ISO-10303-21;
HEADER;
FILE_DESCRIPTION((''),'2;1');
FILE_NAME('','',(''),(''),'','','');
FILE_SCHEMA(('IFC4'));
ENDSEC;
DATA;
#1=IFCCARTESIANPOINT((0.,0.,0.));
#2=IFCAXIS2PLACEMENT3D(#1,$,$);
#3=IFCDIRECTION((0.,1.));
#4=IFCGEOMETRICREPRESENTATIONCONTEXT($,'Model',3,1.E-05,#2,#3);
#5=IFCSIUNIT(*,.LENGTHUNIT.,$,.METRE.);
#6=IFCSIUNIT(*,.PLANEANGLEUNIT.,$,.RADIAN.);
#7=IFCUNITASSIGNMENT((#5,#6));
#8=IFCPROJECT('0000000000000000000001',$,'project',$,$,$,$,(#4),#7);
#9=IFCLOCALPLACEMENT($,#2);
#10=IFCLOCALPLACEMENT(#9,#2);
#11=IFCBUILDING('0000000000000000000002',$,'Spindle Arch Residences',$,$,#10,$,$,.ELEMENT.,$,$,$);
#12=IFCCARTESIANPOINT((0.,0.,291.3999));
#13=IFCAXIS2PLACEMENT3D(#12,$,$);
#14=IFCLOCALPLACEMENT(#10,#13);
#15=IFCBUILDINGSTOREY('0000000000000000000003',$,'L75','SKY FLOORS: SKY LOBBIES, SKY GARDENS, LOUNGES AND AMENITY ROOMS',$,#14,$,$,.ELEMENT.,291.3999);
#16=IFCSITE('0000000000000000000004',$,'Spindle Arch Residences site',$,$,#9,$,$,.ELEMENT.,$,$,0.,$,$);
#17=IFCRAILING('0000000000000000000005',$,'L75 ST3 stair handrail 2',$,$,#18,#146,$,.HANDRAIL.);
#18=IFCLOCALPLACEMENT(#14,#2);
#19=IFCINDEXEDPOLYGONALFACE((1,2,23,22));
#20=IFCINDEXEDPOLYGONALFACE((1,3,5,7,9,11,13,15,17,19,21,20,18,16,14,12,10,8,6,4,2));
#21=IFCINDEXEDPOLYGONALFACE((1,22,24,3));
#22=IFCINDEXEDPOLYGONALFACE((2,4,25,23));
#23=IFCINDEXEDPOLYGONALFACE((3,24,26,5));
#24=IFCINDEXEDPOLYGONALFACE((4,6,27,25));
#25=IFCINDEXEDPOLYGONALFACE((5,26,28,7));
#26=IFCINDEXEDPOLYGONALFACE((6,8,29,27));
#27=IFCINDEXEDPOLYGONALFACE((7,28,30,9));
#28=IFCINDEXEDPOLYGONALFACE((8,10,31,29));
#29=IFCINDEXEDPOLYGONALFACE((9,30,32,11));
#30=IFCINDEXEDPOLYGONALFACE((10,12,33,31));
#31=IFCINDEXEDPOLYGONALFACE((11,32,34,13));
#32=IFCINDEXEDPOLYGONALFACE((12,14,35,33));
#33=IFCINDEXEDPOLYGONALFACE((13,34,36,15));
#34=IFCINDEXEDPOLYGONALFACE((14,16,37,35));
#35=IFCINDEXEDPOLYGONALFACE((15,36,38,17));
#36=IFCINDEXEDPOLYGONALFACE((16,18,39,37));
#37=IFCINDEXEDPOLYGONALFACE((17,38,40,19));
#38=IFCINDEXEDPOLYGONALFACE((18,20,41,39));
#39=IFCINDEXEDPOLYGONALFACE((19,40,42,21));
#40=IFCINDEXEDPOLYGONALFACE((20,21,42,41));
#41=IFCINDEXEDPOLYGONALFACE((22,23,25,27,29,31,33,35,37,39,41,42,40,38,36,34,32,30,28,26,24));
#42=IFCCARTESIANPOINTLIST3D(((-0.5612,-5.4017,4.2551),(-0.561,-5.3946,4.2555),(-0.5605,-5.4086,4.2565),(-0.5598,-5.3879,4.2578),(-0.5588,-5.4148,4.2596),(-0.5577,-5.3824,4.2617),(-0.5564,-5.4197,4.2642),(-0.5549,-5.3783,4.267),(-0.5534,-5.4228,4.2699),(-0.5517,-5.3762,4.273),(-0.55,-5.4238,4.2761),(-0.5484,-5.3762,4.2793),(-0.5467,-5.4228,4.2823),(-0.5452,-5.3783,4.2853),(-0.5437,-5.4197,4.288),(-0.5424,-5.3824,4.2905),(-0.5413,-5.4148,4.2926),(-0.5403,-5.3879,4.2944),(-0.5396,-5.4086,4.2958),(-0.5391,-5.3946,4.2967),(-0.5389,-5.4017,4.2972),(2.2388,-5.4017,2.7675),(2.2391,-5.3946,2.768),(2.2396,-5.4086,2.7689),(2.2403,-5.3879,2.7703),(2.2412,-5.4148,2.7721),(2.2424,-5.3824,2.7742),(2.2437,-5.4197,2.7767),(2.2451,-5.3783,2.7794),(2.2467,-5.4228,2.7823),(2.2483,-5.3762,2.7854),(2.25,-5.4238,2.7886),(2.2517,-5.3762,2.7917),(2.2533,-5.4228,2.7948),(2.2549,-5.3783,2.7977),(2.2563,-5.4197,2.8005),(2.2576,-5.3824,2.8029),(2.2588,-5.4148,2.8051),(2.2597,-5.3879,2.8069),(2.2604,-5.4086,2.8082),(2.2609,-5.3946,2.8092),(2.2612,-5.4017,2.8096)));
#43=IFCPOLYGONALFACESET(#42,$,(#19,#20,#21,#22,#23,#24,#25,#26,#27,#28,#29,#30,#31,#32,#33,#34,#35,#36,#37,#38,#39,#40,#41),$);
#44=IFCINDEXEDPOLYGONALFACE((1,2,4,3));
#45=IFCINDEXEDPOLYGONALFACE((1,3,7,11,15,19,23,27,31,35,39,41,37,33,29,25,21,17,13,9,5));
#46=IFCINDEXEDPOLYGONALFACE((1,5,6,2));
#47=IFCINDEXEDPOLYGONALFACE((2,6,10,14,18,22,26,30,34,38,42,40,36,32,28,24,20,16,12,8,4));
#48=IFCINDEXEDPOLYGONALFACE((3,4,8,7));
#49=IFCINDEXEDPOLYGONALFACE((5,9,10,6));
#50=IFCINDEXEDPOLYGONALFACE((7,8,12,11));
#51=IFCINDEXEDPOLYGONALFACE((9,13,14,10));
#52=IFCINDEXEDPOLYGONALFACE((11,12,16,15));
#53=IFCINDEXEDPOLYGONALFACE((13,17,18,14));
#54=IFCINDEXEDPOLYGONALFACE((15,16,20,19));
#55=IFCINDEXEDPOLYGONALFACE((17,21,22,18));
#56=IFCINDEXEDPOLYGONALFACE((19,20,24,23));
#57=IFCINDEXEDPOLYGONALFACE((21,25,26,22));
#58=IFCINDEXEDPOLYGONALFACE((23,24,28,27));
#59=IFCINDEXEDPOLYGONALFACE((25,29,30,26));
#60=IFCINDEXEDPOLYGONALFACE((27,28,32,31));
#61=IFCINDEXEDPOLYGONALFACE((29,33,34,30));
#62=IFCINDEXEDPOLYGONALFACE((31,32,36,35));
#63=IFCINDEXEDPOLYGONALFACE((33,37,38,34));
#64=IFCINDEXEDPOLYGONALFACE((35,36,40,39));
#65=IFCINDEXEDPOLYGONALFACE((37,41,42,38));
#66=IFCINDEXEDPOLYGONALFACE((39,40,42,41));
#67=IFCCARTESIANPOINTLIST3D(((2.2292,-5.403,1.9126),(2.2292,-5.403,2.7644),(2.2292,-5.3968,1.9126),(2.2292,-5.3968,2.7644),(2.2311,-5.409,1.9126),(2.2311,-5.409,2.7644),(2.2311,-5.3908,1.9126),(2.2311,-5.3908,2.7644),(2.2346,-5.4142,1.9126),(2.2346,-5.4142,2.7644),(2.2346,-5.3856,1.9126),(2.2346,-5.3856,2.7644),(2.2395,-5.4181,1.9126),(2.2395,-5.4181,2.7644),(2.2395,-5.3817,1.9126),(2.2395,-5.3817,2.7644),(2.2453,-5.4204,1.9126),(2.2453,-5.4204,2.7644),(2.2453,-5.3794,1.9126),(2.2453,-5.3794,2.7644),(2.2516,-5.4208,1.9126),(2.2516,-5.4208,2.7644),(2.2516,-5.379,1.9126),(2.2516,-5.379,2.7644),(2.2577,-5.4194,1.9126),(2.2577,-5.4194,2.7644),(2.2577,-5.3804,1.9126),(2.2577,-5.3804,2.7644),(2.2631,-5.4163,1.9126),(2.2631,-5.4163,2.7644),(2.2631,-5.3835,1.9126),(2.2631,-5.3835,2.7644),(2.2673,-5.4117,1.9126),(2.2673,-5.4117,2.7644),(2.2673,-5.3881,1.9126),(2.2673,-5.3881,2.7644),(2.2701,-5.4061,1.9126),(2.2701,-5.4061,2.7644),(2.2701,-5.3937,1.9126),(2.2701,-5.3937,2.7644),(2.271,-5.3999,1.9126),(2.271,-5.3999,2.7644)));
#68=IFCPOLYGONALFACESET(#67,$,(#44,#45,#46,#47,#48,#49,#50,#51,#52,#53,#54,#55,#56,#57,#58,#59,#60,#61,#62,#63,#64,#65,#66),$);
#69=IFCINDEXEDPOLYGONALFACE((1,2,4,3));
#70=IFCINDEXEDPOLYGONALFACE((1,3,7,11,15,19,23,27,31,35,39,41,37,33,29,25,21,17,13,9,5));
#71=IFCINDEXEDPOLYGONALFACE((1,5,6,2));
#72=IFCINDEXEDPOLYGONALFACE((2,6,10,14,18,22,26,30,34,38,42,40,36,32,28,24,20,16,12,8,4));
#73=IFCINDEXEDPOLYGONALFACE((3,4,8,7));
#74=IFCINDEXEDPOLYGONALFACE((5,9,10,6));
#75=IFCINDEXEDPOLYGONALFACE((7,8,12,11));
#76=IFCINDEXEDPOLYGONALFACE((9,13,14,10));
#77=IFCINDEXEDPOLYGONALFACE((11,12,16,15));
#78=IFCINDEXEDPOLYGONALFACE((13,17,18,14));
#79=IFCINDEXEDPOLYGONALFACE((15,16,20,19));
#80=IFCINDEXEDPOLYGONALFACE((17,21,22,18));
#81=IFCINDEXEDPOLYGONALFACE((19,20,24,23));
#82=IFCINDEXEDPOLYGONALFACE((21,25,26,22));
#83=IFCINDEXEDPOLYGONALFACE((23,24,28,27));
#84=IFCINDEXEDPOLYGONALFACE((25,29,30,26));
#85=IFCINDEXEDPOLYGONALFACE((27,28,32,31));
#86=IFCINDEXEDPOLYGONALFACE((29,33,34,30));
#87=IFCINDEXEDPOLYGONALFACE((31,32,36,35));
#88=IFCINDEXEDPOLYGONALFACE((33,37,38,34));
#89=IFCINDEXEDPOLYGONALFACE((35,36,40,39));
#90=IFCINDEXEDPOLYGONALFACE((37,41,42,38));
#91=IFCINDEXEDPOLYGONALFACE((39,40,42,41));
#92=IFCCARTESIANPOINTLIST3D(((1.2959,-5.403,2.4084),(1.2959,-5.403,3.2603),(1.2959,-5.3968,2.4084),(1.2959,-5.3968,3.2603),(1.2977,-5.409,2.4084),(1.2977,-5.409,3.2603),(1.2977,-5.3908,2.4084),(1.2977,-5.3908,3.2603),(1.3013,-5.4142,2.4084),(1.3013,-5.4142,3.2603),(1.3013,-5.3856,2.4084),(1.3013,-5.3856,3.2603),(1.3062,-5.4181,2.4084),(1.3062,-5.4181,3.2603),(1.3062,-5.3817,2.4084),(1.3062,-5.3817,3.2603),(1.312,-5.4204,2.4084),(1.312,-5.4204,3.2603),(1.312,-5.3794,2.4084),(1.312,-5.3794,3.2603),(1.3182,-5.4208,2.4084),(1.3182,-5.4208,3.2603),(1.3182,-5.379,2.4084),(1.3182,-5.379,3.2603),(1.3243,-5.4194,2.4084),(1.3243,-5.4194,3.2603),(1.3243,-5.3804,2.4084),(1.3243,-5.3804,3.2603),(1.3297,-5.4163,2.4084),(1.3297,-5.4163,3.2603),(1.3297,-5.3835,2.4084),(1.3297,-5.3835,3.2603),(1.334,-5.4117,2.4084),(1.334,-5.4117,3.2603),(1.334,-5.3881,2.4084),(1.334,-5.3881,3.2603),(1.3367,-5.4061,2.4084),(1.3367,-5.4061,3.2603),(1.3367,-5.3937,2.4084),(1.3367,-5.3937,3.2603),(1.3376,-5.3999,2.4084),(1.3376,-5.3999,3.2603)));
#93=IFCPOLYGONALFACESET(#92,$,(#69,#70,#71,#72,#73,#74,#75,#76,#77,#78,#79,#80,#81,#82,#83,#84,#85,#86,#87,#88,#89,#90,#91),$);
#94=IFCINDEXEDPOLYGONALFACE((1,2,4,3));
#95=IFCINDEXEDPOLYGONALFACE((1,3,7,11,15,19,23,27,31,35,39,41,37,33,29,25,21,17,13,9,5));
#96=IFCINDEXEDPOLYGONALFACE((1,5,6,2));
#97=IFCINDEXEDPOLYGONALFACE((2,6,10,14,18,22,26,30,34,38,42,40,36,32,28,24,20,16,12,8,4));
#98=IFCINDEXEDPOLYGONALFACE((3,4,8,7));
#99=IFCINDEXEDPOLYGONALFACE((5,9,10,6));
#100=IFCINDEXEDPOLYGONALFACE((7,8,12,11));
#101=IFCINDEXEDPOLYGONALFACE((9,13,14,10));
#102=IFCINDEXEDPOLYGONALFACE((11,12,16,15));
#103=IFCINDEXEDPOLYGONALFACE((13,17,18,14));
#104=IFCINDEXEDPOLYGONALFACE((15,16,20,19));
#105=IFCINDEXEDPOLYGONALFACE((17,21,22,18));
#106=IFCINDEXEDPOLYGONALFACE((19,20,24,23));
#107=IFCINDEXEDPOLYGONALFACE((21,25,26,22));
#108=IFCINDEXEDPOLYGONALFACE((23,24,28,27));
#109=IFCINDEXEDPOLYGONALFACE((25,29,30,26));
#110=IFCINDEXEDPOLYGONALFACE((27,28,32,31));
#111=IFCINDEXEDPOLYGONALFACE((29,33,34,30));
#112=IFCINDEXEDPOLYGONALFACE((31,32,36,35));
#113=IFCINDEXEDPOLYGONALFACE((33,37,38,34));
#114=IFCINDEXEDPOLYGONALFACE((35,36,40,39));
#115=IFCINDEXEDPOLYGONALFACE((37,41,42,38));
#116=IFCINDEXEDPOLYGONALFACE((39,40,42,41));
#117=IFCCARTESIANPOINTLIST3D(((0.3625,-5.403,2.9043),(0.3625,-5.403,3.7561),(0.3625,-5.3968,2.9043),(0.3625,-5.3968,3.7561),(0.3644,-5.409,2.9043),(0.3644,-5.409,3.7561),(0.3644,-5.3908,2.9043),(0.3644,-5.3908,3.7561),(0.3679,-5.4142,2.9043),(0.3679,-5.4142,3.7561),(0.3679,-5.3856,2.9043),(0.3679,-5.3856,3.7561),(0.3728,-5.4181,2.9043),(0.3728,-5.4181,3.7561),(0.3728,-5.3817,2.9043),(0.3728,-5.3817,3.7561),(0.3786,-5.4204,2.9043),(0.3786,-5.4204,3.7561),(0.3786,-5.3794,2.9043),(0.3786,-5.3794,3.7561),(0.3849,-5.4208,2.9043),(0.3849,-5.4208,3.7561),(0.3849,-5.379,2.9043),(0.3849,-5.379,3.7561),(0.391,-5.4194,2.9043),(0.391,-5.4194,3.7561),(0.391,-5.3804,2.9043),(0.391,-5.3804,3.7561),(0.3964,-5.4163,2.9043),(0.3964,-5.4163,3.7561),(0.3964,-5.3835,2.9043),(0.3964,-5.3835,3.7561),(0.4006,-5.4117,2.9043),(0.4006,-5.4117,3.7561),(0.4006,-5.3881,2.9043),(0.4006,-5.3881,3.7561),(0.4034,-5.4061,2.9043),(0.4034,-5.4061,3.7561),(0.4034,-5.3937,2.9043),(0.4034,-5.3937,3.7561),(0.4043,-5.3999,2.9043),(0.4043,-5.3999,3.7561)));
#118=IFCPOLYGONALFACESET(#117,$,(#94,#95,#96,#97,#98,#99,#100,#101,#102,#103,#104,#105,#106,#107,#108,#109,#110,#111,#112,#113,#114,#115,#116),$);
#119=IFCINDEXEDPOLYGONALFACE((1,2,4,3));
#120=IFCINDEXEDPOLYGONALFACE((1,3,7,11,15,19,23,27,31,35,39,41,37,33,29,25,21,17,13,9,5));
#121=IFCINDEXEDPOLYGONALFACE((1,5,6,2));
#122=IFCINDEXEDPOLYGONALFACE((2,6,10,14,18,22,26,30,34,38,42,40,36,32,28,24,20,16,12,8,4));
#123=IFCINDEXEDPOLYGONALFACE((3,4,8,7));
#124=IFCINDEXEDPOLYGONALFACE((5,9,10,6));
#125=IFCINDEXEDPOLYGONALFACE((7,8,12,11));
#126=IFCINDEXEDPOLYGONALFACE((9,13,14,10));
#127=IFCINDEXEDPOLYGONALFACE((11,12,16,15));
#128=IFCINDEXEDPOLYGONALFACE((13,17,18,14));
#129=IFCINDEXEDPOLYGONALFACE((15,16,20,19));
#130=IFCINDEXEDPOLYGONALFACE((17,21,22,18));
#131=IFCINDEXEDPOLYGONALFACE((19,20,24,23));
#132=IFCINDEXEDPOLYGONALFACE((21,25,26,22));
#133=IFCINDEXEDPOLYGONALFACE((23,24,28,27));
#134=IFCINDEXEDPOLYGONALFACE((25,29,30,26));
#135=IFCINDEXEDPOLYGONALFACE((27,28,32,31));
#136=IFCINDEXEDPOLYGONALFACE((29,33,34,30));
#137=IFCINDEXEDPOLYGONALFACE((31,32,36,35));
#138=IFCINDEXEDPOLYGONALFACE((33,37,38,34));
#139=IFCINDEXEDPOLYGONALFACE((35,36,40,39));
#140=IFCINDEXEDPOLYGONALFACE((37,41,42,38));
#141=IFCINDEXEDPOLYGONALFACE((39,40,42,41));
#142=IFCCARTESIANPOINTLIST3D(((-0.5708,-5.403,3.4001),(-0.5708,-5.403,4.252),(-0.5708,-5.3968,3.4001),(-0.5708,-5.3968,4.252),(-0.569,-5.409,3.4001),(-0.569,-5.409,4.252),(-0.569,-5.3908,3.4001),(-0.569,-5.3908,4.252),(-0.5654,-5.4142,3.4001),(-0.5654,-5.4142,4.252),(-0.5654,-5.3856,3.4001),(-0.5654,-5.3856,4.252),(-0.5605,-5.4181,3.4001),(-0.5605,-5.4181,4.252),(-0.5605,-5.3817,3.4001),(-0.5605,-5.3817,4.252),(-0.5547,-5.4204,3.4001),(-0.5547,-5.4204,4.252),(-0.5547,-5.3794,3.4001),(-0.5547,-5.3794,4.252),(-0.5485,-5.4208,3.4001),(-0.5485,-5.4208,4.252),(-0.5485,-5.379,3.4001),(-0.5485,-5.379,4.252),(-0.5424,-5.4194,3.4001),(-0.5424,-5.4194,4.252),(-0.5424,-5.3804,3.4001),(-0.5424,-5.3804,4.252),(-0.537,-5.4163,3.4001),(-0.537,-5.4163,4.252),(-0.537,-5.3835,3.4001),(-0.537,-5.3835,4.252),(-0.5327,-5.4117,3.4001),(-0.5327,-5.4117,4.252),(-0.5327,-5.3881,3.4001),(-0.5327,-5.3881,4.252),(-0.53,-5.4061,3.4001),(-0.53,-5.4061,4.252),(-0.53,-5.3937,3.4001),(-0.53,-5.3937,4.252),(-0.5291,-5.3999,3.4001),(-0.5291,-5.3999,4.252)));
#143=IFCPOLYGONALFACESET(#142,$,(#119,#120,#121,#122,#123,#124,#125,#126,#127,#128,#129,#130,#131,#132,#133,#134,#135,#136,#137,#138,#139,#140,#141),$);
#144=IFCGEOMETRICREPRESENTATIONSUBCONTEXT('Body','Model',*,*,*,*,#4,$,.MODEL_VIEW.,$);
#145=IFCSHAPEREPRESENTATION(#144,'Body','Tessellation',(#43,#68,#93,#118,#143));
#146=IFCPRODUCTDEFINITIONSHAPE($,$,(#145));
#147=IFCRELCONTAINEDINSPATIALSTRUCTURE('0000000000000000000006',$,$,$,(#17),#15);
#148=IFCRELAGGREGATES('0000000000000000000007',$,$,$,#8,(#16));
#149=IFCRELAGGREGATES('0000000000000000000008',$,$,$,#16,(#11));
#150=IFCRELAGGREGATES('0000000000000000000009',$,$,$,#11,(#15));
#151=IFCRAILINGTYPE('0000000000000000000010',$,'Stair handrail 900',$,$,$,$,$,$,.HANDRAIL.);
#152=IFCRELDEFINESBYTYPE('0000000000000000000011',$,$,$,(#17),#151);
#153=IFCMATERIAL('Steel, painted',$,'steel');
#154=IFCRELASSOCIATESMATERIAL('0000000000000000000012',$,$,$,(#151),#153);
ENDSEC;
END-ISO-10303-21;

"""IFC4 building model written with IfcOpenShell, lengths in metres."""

from ifc_helpers import new_model, si_unit, direction, frame, origin, origin_2d, place, context, subcontext, project, spatial, circle, extrude, material, type_object, element, save


model = new_model("IFC4")

# Units and contexts
model_context = context("Model", 3, precision=1e-05, world=origin(), true_north=direction((0.0, 1.0)))
body_context = subcontext(model_context, "Body", "Model", "MODEL_VIEW")
ifc_project = project(units=[si_unit("LENGTHUNIT", "METRE"), si_unit("PLANEANGLEUNIT", "RADIAN")], contexts=[model_context])

# Site, building, storey
site_placement = place(None, origin())
site = spatial("IfcSite", under=ifc_project, at=site_placement, Name="Spindle Arch Residences site", CompositionType="ELEMENT", RefElevation=0.0)
building_placement = place(site_placement, origin())
building = spatial("IfcBuilding", under=site, at=building_placement, Name="Spindle Arch Residences", CompositionType="ELEMENT")
storey_placement = place(building_placement, frame((0.0, 0.0, 291.3999)))
storey = spatial("IfcBuildingStorey", under=building, at=storey_placement, Name="L75", Description="SKY FLOORS: SKY LOBBIES, SKY GARDENS, LOUNGES AND AMENITY ROOMS", CompositionType="ELEMENT", Elevation=291.3999)

# Railing
ifc_material_1 = material(Name="Steel, painted", Category="steel")
railing_type_1 = type_object("IfcRailingType", Name="Stair handrail 900", PredefinedType="HANDRAIL", material=ifc_material_1)
railing_1_placement = place(storey_placement, frame((2.25, -5.3999, 1.9126)))
element("IfcRailing", 1, at=railing_1_placement, inside=storey, type_object=railing_type_1, Name="L75 ST3 stair handrail 2", PredefinedType="HANDRAIL", context=body_context, shape_type="SweptSolid", body=[
    extrude(circle(Radius=0.0239, at=origin_2d()), frame((0.0, 0.0, 0.876), z_axis=(-0.883113, 0.0, 0.469161), x_axis=(0.0, -1.0, 0.0)), (0.0, 0.0, 1.0), 3.1707),
    extrude(circle(Radius=0.021, at=origin_2d()), origin(), (0.0, 0.0, 1.0), 0.8518),
    extrude(circle(Radius=0.021, at=origin_2d()), frame((-0.9333, 0.0, 0.4958)), (0.0, 0.0, 1.0), 0.8518),
    extrude(circle(Radius=0.021, at=origin_2d()), frame((-1.8667, 0.0, 0.9917)), (0.0, 0.0, 1.0), 0.8518),
    extrude(circle(Radius=0.021, at=origin_2d()), frame((-2.8, 0.0, 1.4875)), (0.0, 0.0, 1.0), 0.8518),
])

save(model, "model.ifc")
